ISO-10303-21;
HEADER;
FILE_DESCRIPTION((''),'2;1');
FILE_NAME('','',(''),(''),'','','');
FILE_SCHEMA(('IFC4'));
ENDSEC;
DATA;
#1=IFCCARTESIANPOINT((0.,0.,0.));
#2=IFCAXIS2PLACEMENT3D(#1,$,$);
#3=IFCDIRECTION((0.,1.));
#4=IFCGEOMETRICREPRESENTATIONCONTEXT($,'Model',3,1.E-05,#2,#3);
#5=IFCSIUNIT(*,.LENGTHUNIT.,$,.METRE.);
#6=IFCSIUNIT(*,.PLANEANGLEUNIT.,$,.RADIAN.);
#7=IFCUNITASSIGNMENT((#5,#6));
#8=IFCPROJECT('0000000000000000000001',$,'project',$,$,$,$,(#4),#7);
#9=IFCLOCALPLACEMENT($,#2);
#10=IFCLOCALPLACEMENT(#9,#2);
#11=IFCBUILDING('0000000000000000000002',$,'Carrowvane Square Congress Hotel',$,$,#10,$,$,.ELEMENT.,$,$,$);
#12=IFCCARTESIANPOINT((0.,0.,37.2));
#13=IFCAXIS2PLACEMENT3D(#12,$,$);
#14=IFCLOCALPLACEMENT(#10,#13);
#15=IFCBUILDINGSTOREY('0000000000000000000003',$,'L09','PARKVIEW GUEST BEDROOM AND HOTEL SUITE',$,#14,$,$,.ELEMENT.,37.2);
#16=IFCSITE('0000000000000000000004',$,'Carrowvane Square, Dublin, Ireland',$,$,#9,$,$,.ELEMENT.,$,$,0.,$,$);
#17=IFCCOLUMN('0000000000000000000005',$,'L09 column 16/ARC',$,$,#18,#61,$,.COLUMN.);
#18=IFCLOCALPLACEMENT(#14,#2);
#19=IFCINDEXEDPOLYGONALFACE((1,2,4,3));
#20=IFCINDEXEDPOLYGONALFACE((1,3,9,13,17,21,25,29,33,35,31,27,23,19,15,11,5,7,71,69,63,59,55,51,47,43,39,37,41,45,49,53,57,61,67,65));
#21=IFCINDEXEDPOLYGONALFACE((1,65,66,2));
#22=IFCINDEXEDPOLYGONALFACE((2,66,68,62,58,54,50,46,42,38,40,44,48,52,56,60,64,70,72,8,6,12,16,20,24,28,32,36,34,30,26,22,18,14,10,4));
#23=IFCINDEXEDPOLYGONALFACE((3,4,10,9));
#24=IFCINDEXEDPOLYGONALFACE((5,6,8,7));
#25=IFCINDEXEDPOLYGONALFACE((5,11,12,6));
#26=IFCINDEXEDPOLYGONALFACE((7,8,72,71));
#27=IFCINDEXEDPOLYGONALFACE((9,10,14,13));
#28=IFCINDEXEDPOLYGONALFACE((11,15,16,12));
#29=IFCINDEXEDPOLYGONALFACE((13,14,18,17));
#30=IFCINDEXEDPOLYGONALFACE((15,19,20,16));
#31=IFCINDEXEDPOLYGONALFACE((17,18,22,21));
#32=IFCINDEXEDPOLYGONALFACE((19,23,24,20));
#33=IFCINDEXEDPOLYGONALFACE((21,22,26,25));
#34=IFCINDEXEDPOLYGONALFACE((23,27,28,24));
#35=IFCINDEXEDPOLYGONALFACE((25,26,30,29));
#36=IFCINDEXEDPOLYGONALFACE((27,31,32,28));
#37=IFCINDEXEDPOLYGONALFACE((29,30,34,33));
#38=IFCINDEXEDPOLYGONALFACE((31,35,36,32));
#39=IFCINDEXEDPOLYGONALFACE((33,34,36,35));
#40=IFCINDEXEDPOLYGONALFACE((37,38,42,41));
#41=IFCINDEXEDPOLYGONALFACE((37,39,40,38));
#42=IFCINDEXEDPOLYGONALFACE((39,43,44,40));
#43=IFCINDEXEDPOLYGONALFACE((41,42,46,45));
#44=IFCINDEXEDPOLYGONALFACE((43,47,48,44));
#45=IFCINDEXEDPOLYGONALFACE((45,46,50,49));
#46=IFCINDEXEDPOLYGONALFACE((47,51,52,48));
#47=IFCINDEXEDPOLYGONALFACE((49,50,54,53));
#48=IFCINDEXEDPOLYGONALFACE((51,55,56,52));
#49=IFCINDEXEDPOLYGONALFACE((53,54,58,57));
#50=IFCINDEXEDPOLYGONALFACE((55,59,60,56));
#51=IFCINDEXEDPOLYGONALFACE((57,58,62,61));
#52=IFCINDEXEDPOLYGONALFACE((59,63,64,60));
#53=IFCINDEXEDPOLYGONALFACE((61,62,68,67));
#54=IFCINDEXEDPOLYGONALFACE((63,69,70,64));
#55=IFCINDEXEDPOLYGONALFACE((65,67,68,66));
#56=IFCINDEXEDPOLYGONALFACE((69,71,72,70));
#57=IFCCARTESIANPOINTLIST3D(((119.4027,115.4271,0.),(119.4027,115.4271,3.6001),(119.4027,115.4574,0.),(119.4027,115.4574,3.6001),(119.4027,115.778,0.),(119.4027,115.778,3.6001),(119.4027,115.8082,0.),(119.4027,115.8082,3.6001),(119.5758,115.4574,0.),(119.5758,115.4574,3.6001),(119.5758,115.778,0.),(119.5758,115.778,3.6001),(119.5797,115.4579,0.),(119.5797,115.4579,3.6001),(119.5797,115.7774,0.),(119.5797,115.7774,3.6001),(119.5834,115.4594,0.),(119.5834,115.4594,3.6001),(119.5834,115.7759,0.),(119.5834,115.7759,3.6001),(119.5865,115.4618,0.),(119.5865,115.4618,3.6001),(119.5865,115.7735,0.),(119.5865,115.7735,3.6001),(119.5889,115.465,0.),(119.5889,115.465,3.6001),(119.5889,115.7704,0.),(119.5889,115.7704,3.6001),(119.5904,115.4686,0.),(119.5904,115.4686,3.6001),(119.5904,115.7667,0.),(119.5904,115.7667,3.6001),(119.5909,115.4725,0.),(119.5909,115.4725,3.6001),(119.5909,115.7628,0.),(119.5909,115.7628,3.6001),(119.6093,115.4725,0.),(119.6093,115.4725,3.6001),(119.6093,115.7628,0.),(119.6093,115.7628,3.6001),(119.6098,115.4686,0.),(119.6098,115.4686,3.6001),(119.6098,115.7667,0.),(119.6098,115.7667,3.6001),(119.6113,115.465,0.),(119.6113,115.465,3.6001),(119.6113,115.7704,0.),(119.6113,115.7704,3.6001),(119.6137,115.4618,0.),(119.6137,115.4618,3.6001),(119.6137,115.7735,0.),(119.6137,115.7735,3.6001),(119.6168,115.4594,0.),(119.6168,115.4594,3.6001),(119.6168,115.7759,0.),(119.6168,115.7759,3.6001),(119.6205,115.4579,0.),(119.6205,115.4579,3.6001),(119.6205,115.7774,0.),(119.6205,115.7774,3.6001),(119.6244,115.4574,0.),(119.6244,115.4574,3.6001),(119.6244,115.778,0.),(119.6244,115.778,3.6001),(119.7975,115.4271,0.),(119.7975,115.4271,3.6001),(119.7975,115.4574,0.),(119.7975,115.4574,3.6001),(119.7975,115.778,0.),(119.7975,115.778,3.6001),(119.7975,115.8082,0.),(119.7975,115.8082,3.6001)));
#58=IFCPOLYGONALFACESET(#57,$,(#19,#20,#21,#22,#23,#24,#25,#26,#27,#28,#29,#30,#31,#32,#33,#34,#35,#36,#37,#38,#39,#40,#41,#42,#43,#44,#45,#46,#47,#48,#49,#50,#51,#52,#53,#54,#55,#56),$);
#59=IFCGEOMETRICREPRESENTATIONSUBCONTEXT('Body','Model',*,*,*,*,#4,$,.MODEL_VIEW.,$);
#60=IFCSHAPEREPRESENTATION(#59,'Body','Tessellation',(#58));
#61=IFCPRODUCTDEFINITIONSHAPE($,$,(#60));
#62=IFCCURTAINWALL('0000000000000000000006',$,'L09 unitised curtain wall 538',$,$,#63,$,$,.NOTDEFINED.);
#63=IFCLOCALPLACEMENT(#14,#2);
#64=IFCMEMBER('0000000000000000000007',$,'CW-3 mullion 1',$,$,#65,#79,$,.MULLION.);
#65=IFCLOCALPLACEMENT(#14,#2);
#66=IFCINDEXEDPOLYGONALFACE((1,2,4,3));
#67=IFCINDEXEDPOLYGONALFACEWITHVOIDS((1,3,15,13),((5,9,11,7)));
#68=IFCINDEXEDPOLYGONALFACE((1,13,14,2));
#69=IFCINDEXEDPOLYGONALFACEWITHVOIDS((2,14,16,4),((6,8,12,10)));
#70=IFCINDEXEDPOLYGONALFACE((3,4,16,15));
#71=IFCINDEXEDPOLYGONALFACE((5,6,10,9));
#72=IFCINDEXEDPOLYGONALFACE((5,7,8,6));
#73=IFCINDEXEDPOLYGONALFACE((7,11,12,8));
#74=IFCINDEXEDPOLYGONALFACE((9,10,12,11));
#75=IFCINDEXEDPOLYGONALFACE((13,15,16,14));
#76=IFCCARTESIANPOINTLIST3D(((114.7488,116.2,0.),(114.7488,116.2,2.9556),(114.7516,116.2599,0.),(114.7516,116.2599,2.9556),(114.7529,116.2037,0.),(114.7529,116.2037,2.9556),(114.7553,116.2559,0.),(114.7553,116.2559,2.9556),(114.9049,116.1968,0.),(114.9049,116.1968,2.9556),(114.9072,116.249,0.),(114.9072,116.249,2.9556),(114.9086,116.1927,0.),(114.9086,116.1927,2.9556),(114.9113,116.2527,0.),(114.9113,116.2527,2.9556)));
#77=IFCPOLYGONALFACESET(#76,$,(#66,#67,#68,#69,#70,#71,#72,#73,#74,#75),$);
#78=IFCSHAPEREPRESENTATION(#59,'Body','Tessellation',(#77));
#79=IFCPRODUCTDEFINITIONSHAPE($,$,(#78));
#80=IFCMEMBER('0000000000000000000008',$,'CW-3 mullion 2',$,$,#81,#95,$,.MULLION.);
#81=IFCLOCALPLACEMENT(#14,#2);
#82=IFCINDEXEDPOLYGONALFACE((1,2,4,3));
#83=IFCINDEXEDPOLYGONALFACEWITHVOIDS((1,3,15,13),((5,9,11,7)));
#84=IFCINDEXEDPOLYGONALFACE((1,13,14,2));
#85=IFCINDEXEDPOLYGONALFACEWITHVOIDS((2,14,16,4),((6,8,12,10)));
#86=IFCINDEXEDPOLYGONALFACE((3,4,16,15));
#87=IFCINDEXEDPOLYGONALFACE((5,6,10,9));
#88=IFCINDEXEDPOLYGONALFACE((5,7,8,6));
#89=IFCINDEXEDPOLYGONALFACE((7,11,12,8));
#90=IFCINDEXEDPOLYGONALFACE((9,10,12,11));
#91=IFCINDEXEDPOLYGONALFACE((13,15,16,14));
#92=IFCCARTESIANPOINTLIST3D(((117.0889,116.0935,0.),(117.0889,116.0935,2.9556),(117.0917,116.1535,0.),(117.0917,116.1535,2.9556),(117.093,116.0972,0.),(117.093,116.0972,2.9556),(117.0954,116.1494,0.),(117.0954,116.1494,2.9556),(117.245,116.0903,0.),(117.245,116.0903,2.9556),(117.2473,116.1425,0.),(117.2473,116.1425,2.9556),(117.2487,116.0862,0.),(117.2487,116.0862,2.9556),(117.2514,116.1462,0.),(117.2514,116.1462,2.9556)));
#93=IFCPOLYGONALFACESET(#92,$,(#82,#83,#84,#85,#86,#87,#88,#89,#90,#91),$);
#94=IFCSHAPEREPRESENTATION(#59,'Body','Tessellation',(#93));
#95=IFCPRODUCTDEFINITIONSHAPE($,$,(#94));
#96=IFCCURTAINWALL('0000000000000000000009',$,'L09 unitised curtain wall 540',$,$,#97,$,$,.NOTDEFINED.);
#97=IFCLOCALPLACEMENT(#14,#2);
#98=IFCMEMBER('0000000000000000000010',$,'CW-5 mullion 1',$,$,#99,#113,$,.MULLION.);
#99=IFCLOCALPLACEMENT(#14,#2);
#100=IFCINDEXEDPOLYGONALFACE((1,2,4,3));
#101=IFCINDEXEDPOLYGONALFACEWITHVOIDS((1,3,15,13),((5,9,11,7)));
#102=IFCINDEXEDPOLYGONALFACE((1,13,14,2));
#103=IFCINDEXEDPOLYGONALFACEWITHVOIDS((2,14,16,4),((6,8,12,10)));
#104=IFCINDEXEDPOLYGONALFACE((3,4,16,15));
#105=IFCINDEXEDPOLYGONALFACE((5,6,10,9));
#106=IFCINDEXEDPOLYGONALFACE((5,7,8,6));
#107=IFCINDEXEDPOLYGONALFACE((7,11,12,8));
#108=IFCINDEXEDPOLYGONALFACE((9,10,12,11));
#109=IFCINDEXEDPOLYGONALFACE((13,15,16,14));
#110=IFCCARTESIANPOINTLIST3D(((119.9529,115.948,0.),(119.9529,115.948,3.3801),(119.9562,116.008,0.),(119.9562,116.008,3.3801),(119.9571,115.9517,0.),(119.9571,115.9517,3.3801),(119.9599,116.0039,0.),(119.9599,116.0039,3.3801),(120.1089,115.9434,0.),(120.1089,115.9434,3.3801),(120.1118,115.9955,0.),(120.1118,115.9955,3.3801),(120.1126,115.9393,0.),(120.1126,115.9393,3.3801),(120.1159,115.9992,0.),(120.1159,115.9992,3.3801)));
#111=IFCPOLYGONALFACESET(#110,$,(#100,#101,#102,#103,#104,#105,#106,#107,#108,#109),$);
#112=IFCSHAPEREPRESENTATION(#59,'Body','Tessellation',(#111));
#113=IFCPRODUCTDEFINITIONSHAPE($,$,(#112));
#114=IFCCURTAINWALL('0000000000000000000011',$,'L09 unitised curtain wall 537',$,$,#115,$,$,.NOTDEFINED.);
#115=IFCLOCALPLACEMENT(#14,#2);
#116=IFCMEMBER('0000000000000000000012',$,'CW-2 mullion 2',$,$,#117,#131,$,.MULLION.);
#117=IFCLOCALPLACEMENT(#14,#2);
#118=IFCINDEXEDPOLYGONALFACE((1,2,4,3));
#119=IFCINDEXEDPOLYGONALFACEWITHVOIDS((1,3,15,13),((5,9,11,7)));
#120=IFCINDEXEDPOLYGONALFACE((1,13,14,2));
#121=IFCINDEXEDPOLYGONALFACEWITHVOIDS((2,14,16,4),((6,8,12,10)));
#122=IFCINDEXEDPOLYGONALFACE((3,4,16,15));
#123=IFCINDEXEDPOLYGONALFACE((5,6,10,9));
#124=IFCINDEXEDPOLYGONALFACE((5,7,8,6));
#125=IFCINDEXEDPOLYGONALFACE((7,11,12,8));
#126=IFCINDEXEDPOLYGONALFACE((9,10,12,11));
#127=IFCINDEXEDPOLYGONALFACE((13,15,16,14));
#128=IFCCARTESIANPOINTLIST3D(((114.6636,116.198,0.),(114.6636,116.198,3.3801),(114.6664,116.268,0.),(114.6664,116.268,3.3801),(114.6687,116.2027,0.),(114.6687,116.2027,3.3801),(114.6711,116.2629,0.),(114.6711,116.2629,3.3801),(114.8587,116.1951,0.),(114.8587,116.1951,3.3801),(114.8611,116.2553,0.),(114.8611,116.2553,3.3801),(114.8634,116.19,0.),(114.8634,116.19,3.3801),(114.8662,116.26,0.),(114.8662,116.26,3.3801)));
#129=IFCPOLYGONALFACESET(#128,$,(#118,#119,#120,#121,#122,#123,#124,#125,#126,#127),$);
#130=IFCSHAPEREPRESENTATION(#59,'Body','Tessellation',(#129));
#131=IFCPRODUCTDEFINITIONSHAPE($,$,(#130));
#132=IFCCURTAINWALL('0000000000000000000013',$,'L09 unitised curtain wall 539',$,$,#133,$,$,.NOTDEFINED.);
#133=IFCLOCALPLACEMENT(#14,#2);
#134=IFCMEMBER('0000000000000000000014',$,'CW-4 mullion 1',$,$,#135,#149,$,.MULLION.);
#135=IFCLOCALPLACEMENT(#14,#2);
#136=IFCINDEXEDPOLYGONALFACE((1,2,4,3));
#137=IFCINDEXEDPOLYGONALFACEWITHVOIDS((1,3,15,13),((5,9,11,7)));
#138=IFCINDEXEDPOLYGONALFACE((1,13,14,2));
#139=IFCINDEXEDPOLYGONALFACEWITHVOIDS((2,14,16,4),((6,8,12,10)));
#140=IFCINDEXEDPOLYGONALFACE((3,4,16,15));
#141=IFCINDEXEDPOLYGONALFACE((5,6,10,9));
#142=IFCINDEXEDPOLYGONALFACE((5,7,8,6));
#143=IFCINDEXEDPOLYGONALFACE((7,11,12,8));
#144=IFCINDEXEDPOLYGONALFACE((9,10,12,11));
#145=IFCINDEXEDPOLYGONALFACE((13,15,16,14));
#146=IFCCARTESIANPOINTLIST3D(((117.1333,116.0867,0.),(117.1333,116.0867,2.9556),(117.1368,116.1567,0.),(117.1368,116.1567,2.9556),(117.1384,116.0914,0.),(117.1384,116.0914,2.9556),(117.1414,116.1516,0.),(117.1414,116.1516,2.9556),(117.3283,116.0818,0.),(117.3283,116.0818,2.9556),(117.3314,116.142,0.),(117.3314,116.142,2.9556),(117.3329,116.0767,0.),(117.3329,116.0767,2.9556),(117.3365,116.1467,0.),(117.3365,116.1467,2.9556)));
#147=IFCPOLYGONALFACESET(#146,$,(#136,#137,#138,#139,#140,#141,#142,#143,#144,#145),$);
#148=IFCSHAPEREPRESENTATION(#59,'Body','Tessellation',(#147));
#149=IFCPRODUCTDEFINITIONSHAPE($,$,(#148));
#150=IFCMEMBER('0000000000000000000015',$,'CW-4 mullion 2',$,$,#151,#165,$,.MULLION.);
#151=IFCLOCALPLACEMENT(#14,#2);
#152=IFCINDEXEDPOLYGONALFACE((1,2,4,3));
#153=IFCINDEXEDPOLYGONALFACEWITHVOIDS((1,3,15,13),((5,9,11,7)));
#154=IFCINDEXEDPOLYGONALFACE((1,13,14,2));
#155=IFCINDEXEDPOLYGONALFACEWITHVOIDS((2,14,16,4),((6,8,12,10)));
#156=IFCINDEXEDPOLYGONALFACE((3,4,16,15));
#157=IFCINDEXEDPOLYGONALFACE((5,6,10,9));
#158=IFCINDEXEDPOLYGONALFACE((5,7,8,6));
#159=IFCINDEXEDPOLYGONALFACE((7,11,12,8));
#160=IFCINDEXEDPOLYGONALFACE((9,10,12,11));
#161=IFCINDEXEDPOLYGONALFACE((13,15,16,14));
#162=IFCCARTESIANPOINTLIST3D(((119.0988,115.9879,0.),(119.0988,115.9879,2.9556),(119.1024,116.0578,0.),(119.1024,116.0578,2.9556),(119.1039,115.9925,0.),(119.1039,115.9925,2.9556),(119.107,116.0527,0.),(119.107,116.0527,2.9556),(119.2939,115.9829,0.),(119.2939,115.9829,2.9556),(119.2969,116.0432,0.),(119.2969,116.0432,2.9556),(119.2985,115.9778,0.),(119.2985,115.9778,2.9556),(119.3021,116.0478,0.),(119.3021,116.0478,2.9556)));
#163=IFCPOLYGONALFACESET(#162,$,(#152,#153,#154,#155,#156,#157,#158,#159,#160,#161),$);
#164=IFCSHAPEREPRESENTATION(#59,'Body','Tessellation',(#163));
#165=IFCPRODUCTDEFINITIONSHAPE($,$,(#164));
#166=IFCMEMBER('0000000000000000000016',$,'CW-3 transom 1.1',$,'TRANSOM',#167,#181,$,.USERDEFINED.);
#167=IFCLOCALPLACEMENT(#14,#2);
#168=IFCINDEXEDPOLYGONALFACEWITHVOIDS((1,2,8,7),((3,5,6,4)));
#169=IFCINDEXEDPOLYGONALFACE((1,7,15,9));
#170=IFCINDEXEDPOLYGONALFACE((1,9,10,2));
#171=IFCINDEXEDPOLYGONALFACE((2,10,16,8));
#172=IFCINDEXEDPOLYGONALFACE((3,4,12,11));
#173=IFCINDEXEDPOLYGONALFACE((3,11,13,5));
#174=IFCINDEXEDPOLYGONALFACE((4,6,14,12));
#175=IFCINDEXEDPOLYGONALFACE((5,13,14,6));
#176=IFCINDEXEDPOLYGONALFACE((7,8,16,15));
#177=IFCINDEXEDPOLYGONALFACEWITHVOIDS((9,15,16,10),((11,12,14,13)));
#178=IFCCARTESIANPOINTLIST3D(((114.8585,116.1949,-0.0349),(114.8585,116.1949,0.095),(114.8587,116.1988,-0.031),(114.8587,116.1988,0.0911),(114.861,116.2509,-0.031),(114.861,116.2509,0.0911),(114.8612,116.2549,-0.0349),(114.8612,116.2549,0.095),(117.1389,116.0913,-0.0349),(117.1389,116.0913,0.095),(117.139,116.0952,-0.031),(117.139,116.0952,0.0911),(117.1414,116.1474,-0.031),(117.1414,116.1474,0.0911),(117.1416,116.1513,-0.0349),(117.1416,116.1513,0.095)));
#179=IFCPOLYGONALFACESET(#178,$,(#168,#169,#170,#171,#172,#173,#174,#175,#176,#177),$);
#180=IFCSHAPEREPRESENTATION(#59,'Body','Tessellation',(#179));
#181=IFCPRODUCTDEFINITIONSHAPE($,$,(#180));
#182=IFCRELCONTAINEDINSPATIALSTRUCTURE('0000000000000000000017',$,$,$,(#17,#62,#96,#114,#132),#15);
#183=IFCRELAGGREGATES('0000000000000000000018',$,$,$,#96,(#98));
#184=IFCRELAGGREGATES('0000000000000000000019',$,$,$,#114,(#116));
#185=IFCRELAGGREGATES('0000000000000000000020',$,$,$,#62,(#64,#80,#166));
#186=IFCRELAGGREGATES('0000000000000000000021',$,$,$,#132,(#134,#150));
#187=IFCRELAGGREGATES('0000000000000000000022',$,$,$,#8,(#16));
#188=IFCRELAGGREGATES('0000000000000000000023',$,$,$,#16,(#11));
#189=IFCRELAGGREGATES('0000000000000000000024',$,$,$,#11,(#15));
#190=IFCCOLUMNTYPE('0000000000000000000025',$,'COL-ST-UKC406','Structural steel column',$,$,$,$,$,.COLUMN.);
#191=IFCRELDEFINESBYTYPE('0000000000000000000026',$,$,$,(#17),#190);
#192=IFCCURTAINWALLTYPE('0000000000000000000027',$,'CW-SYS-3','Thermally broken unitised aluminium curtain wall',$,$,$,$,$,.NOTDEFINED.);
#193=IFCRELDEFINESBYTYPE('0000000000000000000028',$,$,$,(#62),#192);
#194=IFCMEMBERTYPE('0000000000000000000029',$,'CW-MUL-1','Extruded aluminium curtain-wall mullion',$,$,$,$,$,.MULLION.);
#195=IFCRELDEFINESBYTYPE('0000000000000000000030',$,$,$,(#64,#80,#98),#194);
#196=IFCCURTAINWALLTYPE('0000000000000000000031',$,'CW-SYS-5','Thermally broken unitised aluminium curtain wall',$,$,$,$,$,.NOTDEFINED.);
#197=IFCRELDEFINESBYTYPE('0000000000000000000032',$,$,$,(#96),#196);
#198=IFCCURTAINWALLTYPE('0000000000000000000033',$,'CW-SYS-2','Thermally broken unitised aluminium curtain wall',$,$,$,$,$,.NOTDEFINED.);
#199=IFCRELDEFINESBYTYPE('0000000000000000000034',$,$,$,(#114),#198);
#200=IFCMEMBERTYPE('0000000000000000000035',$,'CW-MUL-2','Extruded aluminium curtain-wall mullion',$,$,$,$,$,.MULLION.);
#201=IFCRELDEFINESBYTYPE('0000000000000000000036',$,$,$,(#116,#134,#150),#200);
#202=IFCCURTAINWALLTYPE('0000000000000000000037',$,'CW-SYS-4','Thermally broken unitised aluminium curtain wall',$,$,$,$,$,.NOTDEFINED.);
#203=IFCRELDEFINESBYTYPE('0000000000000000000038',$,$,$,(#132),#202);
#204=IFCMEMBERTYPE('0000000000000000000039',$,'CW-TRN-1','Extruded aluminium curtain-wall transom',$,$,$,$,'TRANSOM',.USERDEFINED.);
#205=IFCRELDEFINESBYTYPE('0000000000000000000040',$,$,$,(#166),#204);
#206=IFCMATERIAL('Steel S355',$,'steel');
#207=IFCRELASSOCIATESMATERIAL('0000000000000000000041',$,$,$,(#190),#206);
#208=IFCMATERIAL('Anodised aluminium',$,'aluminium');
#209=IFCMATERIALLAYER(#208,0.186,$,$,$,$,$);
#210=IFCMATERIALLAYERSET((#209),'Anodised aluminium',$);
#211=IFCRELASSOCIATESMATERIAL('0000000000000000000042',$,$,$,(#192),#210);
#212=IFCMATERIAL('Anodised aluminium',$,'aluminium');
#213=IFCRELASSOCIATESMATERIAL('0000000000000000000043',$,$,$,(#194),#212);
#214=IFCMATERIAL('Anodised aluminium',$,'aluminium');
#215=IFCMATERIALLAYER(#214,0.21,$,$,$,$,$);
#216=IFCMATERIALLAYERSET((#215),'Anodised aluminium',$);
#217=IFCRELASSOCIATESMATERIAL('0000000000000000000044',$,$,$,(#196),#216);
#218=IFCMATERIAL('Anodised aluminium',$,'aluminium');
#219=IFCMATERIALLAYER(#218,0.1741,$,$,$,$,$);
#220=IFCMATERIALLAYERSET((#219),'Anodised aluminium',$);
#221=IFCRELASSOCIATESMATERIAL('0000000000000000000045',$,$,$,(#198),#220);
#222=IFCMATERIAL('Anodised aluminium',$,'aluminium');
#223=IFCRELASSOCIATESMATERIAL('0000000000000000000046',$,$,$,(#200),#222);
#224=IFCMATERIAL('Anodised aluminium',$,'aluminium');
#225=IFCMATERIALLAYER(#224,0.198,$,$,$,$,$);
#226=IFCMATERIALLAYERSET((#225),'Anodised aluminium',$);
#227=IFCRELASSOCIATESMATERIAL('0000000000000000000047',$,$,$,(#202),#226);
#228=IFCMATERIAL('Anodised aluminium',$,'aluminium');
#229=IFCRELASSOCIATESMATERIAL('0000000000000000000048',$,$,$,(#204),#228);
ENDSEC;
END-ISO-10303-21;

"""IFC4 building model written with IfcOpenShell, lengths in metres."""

from ifc_helpers import new_model, si_unit, direction, frame, origin, origin_2d, place, context, subcontext, project, spatial, hollow_rectangle, i_section, extrude, material, layer, layer_set, material_profile, profile_set, type_object, element, aggregate, save


model = new_model("IFC4")

# Units and contexts
model_context = context("Model", 3, precision=1e-05, world=origin(), true_north=direction((0.0, 1.0)))
body_context = subcontext(model_context, "Body", "Model", "MODEL_VIEW")
ifc_project = project(units=[si_unit("LENGTHUNIT", "METRE"), si_unit("PLANEANGLEUNIT", "RADIAN")], contexts=[model_context])

# Site, building, storey
site_placement = place(None, origin())
site = spatial("IfcSite", under=ifc_project, at=site_placement, Name="Carrowvane Square, Dublin, Ireland", CompositionType="ELEMENT", RefElevation=0.0)
building_placement = place(site_placement, origin())
building = spatial("IfcBuilding", under=site, at=building_placement, Name="Carrowvane Square Congress Hotel", CompositionType="ELEMENT")
storey_placement = place(building_placement, frame((0.0, 0.0, 37.2)))
storey = spatial("IfcBuildingStorey", under=building, at=storey_placement, Name="L09", Description="PARKVIEW GUEST BEDROOM AND HOTEL SUITE", CompositionType="ELEMENT", Elevation=37.2)

# Column
ifc_material_1 = material(Name="Steel S355", Category="steel")
ifc_material_profile_1 = material_profile(ifc_material_1, i_section(OverallWidth=0.3948, OverallDepth=0.3811, WebThickness=0.0183, FlangeThickness=0.0303, FilletRadius=0.0151, at=origin_2d()), Name="UKC 356x406x235")
ifc_profile_set_1 = profile_set([ifc_material_profile_1], Name="Steel S355")
column_type = type_object("IfcColumnType", Name="COL-ST-UKC406", Description="Structural steel column", PredefinedType="COLUMN", material=ifc_profile_set_1)
column_placement = place(storey_placement, frame((119.6001, 115.6177, 0.0), z_axis=(0.0, 0.0, 1.0), x_axis=(1.0, 0.0, 0.0)))
element("IfcColumn", 1, at=column_placement, inside=storey, type_object=column_type, Name="L09 column 16/ARC", PredefinedType="COLUMN", context=body_context, shape_type="SweptSolid", body=[
    extrude(i_section(OverallWidth=0.3948, OverallDepth=0.3811, WebThickness=0.0183, FlangeThickness=0.0303, FilletRadius=0.0151, at=origin_2d()), origin(), (0.0, 0.0, 1.0), 3.6001),
])

# Curtain wall, members
ifc_material_2 = material(Name="Anodised aluminium", Category="aluminium")
ifc_layer_1 = layer(ifc_material_2, 0.186)
ifc_layer_set_1 = layer_set([ifc_layer_1], Name="Anodised aluminium")
curtain_wall_type_1 = type_object("IfcCurtainWallType", Name="CW-SYS-3", Description="Thermally broken unitised aluminium curtain wall", PredefinedType="NOTDEFINED", material=ifc_layer_set_1)
curtain_wall_1_placement = place(storey_placement, origin())
curtain_wall_1 = element("IfcCurtainWall", 2, at=curtain_wall_1_placement, inside=storey, type_object=curtain_wall_type_1, Name="L09 unitised curtain wall 538", PredefinedType="NOTDEFINED")
ifc_material_3 = material(Name="Anodised aluminium", Category="aluminium")
ifc_material_profile_2 = material_profile(ifc_material_3, hollow_rectangle(XDim=0.0601, YDim=0.1599, WallThickness=0.0039, at=origin_2d()), Name="CW-ML 60x160x4")
ifc_profile_set_2 = profile_set([ifc_material_profile_2], Name="Anodised aluminium")
member_type_1 = type_object("IfcMemberType", Name="CW-MUL-1", Description="Extruded aluminium curtain-wall mullion", PredefinedType="MULLION", material=ifc_profile_set_2)
member_1_placement = place(storey_placement, frame((114.8301, 116.2263, 0.0), z_axis=(0.0, 0.0, 1.0), x_axis=(0.045411, 0.998968, 0.0)))
member_1 = element("IfcMember", 3, at=member_1_placement, type_object=member_type_1, Name="CW-3 mullion 1", PredefinedType="MULLION", context=body_context, shape_type="SweptSolid", body=[
    extrude(hollow_rectangle(XDim=0.0601, YDim=0.1599, WallThickness=0.0039, at=origin_2d()), origin(), (0.0, 0.0, 1.0), 2.9556),
])
member_2_placement = place(storey_placement, frame((117.1702, 116.1199, 0.0), z_axis=(0.0, 0.0, 1.0), x_axis=(0.045411, 0.998968, 0.0)))
member_2 = element("IfcMember", 4, at=member_2_placement, type_object=member_type_1, Name="CW-3 mullion 2", PredefinedType="MULLION", context=body_context, shape_type="SweptSolid", body=[
    extrude(hollow_rectangle(XDim=0.0601, YDim=0.1599, WallThickness=0.0039, at=origin_2d()), origin(), (0.0, 0.0, 1.0), 2.9556),
])

# Curtain walls, members
ifc_material_4 = material(Name="Anodised aluminium", Category="aluminium")
ifc_layer_2 = layer(ifc_material_4, 0.21)
ifc_layer_set_2 = layer_set([ifc_layer_2], Name="Anodised aluminium")
curtain_wall_type_2 = type_object("IfcCurtainWallType", Name="CW-SYS-5", Description="Thermally broken unitised aluminium curtain wall", PredefinedType="NOTDEFINED", material=ifc_layer_set_2)
curtain_wall_2_placement = place(storey_placement, origin())
curtain_wall_2 = element("IfcCurtainWall", 5, at=curtain_wall_2_placement, inside=storey, type_object=curtain_wall_type_2, Name="L09 unitised curtain wall 540", PredefinedType="NOTDEFINED")
member_3_placement = place(storey_placement, frame((120.0344, 115.9736, 0.0), z_axis=(0.0, 0.0, 1.0), x_axis=(0.054816, 0.998496, 0.0)))
member_3 = element("IfcMember", 6, at=member_3_placement, type_object=member_type_1, Name="CW-5 mullion 1", PredefinedType="MULLION", context=body_context, shape_type="SweptSolid", body=[
    extrude(hollow_rectangle(XDim=0.0601, YDim=0.1599, WallThickness=0.0039, at=origin_2d()), origin(), (0.0, 0.0, 1.0), 3.3801),
])
ifc_material_5 = material(Name="Anodised aluminium", Category="aluminium")
ifc_layer_3 = layer(ifc_material_5, 0.1741)
ifc_layer_set_3 = layer_set([ifc_layer_3], Name="Anodised aluminium")
curtain_wall_type_3 = type_object("IfcCurtainWallType", Name="CW-SYS-2", Description="Thermally broken unitised aluminium curtain wall", PredefinedType="NOTDEFINED", material=ifc_layer_set_3)
curtain_wall_3_placement = place(storey_placement, origin())
curtain_wall_3 = element("IfcCurtainWall", 7, at=curtain_wall_3_placement, inside=storey, type_object=curtain_wall_type_3, Name="L09 unitised curtain wall 537", PredefinedType="NOTDEFINED")
ifc_material_6 = material(Name="Anodised aluminium", Category="aluminium")
ifc_material_profile_3 = material_profile(ifc_material_6, hollow_rectangle(XDim=0.0701, YDim=0.2, WallThickness=0.0049, at=origin_2d()), Name="CW-ML 70x200x5")
ifc_profile_set_3 = profile_set([ifc_material_profile_3], Name="Anodised aluminium")
member_type_2 = type_object("IfcMemberType", Name="CW-MUL-2", Description="Extruded aluminium curtain-wall mullion", PredefinedType="MULLION", material=ifc_profile_set_3)
member_4_placement = place(storey_placement, frame((114.7649, 116.229, 0.0), z_axis=(0.0, 0.0, 1.0), x_axis=(0.040131, 0.999194, 0.0)))
member_4 = element("IfcMember", 8, at=member_4_placement, type_object=member_type_2, Name="CW-2 mullion 2", PredefinedType="MULLION", context=body_context, shape_type="SweptSolid", body=[
    extrude(hollow_rectangle(XDim=0.0701, YDim=0.2, WallThickness=0.0049, at=origin_2d()), origin(), (0.0, 0.0, 1.0), 3.3801),
])

# Curtain wall, members
ifc_material_7 = material(Name="Anodised aluminium", Category="aluminium")
ifc_layer_4 = layer(ifc_material_7, 0.198)
ifc_layer_set_4 = layer_set([ifc_layer_4], Name="Anodised aluminium")
curtain_wall_type_4 = type_object("IfcCurtainWallType", Name="CW-SYS-4", Description="Thermally broken unitised aluminium curtain wall", PredefinedType="NOTDEFINED", material=ifc_layer_set_4)
curtain_wall_4_placement = place(storey_placement, origin())
curtain_wall_4 = element("IfcCurtainWall", 9, at=curtain_wall_4_placement, inside=storey, type_object=curtain_wall_type_4, Name="L09 unitised curtain wall 539", PredefinedType="NOTDEFINED")
member_5_placement = place(storey_placement, frame((117.2349, 116.1167, 0.0), z_axis=(0.0, 0.0, 1.0), x_axis=(0.050324, 0.998733, 0.0)))
member_5 = element("IfcMember", 10, at=member_5_placement, type_object=member_type_2, Name="CW-4 mullion 1", PredefinedType="MULLION", context=body_context, shape_type="SweptSolid", body=[
    extrude(hollow_rectangle(XDim=0.0701, YDim=0.2, WallThickness=0.0049, at=origin_2d()), origin(), (0.0, 0.0, 1.0), 2.9556),
])
member_6_placement = place(storey_placement, frame((119.2004, 116.0178, 0.0), z_axis=(0.0, 0.0, 1.0), x_axis=(0.050324, 0.998733, 0.0)))
member_6 = element("IfcMember", 11, at=member_6_placement, type_object=member_type_2, Name="CW-4 mullion 2", PredefinedType="MULLION", context=body_context, shape_type="SweptSolid", body=[
    extrude(hollow_rectangle(XDim=0.0701, YDim=0.2, WallThickness=0.0049, at=origin_2d()), origin(), (0.0, 0.0, 1.0), 2.9556),
])

# Member
ifc_material_8 = material(Name="Anodised aluminium", Category="aluminium")
ifc_material_profile_4 = material_profile(ifc_material_8, hollow_rectangle(XDim=0.0601, YDim=0.1299, WallThickness=0.0039, at=origin_2d()), Name="CW-TR 60x130x4")
ifc_profile_set_4 = profile_set([ifc_material_profile_4], Name="Anodised aluminium")
member_type_3 = type_object("IfcMemberType", Name="CW-TRN-1", Description="Extruded aluminium curtain-wall transom", ElementType="TRANSOM", PredefinedType="USERDEFINED", material=ifc_profile_set_4)
member_7_placement = place(storey_placement, frame((114.8599, 116.2249, 0.03), z_axis=(0.998971, -0.045349, 0.0), x_axis=(0.045349, 0.998971, 0.0)))
member_7 = element("IfcMember", 12, at=member_7_placement, type_object=member_type_3, Name="CW-3 transom 1.1", ObjectType="TRANSOM", PredefinedType="USERDEFINED", context=body_context, shape_type="SweptSolid", body=[
    extrude(hollow_rectangle(XDim=0.0601, YDim=0.1299, WallThickness=0.0039, at=origin_2d()), origin(), (0.0, 0.0, 1.0), 2.2827),
])
aggregate(curtain_wall_2, [member_3])

aggregate(curtain_wall_3, [member_4])
aggregate(curtain_wall_1, [member_1, member_2, member_7])
aggregate(curtain_wall_4, [member_5, member_6])

save(model, "model.ifc")
